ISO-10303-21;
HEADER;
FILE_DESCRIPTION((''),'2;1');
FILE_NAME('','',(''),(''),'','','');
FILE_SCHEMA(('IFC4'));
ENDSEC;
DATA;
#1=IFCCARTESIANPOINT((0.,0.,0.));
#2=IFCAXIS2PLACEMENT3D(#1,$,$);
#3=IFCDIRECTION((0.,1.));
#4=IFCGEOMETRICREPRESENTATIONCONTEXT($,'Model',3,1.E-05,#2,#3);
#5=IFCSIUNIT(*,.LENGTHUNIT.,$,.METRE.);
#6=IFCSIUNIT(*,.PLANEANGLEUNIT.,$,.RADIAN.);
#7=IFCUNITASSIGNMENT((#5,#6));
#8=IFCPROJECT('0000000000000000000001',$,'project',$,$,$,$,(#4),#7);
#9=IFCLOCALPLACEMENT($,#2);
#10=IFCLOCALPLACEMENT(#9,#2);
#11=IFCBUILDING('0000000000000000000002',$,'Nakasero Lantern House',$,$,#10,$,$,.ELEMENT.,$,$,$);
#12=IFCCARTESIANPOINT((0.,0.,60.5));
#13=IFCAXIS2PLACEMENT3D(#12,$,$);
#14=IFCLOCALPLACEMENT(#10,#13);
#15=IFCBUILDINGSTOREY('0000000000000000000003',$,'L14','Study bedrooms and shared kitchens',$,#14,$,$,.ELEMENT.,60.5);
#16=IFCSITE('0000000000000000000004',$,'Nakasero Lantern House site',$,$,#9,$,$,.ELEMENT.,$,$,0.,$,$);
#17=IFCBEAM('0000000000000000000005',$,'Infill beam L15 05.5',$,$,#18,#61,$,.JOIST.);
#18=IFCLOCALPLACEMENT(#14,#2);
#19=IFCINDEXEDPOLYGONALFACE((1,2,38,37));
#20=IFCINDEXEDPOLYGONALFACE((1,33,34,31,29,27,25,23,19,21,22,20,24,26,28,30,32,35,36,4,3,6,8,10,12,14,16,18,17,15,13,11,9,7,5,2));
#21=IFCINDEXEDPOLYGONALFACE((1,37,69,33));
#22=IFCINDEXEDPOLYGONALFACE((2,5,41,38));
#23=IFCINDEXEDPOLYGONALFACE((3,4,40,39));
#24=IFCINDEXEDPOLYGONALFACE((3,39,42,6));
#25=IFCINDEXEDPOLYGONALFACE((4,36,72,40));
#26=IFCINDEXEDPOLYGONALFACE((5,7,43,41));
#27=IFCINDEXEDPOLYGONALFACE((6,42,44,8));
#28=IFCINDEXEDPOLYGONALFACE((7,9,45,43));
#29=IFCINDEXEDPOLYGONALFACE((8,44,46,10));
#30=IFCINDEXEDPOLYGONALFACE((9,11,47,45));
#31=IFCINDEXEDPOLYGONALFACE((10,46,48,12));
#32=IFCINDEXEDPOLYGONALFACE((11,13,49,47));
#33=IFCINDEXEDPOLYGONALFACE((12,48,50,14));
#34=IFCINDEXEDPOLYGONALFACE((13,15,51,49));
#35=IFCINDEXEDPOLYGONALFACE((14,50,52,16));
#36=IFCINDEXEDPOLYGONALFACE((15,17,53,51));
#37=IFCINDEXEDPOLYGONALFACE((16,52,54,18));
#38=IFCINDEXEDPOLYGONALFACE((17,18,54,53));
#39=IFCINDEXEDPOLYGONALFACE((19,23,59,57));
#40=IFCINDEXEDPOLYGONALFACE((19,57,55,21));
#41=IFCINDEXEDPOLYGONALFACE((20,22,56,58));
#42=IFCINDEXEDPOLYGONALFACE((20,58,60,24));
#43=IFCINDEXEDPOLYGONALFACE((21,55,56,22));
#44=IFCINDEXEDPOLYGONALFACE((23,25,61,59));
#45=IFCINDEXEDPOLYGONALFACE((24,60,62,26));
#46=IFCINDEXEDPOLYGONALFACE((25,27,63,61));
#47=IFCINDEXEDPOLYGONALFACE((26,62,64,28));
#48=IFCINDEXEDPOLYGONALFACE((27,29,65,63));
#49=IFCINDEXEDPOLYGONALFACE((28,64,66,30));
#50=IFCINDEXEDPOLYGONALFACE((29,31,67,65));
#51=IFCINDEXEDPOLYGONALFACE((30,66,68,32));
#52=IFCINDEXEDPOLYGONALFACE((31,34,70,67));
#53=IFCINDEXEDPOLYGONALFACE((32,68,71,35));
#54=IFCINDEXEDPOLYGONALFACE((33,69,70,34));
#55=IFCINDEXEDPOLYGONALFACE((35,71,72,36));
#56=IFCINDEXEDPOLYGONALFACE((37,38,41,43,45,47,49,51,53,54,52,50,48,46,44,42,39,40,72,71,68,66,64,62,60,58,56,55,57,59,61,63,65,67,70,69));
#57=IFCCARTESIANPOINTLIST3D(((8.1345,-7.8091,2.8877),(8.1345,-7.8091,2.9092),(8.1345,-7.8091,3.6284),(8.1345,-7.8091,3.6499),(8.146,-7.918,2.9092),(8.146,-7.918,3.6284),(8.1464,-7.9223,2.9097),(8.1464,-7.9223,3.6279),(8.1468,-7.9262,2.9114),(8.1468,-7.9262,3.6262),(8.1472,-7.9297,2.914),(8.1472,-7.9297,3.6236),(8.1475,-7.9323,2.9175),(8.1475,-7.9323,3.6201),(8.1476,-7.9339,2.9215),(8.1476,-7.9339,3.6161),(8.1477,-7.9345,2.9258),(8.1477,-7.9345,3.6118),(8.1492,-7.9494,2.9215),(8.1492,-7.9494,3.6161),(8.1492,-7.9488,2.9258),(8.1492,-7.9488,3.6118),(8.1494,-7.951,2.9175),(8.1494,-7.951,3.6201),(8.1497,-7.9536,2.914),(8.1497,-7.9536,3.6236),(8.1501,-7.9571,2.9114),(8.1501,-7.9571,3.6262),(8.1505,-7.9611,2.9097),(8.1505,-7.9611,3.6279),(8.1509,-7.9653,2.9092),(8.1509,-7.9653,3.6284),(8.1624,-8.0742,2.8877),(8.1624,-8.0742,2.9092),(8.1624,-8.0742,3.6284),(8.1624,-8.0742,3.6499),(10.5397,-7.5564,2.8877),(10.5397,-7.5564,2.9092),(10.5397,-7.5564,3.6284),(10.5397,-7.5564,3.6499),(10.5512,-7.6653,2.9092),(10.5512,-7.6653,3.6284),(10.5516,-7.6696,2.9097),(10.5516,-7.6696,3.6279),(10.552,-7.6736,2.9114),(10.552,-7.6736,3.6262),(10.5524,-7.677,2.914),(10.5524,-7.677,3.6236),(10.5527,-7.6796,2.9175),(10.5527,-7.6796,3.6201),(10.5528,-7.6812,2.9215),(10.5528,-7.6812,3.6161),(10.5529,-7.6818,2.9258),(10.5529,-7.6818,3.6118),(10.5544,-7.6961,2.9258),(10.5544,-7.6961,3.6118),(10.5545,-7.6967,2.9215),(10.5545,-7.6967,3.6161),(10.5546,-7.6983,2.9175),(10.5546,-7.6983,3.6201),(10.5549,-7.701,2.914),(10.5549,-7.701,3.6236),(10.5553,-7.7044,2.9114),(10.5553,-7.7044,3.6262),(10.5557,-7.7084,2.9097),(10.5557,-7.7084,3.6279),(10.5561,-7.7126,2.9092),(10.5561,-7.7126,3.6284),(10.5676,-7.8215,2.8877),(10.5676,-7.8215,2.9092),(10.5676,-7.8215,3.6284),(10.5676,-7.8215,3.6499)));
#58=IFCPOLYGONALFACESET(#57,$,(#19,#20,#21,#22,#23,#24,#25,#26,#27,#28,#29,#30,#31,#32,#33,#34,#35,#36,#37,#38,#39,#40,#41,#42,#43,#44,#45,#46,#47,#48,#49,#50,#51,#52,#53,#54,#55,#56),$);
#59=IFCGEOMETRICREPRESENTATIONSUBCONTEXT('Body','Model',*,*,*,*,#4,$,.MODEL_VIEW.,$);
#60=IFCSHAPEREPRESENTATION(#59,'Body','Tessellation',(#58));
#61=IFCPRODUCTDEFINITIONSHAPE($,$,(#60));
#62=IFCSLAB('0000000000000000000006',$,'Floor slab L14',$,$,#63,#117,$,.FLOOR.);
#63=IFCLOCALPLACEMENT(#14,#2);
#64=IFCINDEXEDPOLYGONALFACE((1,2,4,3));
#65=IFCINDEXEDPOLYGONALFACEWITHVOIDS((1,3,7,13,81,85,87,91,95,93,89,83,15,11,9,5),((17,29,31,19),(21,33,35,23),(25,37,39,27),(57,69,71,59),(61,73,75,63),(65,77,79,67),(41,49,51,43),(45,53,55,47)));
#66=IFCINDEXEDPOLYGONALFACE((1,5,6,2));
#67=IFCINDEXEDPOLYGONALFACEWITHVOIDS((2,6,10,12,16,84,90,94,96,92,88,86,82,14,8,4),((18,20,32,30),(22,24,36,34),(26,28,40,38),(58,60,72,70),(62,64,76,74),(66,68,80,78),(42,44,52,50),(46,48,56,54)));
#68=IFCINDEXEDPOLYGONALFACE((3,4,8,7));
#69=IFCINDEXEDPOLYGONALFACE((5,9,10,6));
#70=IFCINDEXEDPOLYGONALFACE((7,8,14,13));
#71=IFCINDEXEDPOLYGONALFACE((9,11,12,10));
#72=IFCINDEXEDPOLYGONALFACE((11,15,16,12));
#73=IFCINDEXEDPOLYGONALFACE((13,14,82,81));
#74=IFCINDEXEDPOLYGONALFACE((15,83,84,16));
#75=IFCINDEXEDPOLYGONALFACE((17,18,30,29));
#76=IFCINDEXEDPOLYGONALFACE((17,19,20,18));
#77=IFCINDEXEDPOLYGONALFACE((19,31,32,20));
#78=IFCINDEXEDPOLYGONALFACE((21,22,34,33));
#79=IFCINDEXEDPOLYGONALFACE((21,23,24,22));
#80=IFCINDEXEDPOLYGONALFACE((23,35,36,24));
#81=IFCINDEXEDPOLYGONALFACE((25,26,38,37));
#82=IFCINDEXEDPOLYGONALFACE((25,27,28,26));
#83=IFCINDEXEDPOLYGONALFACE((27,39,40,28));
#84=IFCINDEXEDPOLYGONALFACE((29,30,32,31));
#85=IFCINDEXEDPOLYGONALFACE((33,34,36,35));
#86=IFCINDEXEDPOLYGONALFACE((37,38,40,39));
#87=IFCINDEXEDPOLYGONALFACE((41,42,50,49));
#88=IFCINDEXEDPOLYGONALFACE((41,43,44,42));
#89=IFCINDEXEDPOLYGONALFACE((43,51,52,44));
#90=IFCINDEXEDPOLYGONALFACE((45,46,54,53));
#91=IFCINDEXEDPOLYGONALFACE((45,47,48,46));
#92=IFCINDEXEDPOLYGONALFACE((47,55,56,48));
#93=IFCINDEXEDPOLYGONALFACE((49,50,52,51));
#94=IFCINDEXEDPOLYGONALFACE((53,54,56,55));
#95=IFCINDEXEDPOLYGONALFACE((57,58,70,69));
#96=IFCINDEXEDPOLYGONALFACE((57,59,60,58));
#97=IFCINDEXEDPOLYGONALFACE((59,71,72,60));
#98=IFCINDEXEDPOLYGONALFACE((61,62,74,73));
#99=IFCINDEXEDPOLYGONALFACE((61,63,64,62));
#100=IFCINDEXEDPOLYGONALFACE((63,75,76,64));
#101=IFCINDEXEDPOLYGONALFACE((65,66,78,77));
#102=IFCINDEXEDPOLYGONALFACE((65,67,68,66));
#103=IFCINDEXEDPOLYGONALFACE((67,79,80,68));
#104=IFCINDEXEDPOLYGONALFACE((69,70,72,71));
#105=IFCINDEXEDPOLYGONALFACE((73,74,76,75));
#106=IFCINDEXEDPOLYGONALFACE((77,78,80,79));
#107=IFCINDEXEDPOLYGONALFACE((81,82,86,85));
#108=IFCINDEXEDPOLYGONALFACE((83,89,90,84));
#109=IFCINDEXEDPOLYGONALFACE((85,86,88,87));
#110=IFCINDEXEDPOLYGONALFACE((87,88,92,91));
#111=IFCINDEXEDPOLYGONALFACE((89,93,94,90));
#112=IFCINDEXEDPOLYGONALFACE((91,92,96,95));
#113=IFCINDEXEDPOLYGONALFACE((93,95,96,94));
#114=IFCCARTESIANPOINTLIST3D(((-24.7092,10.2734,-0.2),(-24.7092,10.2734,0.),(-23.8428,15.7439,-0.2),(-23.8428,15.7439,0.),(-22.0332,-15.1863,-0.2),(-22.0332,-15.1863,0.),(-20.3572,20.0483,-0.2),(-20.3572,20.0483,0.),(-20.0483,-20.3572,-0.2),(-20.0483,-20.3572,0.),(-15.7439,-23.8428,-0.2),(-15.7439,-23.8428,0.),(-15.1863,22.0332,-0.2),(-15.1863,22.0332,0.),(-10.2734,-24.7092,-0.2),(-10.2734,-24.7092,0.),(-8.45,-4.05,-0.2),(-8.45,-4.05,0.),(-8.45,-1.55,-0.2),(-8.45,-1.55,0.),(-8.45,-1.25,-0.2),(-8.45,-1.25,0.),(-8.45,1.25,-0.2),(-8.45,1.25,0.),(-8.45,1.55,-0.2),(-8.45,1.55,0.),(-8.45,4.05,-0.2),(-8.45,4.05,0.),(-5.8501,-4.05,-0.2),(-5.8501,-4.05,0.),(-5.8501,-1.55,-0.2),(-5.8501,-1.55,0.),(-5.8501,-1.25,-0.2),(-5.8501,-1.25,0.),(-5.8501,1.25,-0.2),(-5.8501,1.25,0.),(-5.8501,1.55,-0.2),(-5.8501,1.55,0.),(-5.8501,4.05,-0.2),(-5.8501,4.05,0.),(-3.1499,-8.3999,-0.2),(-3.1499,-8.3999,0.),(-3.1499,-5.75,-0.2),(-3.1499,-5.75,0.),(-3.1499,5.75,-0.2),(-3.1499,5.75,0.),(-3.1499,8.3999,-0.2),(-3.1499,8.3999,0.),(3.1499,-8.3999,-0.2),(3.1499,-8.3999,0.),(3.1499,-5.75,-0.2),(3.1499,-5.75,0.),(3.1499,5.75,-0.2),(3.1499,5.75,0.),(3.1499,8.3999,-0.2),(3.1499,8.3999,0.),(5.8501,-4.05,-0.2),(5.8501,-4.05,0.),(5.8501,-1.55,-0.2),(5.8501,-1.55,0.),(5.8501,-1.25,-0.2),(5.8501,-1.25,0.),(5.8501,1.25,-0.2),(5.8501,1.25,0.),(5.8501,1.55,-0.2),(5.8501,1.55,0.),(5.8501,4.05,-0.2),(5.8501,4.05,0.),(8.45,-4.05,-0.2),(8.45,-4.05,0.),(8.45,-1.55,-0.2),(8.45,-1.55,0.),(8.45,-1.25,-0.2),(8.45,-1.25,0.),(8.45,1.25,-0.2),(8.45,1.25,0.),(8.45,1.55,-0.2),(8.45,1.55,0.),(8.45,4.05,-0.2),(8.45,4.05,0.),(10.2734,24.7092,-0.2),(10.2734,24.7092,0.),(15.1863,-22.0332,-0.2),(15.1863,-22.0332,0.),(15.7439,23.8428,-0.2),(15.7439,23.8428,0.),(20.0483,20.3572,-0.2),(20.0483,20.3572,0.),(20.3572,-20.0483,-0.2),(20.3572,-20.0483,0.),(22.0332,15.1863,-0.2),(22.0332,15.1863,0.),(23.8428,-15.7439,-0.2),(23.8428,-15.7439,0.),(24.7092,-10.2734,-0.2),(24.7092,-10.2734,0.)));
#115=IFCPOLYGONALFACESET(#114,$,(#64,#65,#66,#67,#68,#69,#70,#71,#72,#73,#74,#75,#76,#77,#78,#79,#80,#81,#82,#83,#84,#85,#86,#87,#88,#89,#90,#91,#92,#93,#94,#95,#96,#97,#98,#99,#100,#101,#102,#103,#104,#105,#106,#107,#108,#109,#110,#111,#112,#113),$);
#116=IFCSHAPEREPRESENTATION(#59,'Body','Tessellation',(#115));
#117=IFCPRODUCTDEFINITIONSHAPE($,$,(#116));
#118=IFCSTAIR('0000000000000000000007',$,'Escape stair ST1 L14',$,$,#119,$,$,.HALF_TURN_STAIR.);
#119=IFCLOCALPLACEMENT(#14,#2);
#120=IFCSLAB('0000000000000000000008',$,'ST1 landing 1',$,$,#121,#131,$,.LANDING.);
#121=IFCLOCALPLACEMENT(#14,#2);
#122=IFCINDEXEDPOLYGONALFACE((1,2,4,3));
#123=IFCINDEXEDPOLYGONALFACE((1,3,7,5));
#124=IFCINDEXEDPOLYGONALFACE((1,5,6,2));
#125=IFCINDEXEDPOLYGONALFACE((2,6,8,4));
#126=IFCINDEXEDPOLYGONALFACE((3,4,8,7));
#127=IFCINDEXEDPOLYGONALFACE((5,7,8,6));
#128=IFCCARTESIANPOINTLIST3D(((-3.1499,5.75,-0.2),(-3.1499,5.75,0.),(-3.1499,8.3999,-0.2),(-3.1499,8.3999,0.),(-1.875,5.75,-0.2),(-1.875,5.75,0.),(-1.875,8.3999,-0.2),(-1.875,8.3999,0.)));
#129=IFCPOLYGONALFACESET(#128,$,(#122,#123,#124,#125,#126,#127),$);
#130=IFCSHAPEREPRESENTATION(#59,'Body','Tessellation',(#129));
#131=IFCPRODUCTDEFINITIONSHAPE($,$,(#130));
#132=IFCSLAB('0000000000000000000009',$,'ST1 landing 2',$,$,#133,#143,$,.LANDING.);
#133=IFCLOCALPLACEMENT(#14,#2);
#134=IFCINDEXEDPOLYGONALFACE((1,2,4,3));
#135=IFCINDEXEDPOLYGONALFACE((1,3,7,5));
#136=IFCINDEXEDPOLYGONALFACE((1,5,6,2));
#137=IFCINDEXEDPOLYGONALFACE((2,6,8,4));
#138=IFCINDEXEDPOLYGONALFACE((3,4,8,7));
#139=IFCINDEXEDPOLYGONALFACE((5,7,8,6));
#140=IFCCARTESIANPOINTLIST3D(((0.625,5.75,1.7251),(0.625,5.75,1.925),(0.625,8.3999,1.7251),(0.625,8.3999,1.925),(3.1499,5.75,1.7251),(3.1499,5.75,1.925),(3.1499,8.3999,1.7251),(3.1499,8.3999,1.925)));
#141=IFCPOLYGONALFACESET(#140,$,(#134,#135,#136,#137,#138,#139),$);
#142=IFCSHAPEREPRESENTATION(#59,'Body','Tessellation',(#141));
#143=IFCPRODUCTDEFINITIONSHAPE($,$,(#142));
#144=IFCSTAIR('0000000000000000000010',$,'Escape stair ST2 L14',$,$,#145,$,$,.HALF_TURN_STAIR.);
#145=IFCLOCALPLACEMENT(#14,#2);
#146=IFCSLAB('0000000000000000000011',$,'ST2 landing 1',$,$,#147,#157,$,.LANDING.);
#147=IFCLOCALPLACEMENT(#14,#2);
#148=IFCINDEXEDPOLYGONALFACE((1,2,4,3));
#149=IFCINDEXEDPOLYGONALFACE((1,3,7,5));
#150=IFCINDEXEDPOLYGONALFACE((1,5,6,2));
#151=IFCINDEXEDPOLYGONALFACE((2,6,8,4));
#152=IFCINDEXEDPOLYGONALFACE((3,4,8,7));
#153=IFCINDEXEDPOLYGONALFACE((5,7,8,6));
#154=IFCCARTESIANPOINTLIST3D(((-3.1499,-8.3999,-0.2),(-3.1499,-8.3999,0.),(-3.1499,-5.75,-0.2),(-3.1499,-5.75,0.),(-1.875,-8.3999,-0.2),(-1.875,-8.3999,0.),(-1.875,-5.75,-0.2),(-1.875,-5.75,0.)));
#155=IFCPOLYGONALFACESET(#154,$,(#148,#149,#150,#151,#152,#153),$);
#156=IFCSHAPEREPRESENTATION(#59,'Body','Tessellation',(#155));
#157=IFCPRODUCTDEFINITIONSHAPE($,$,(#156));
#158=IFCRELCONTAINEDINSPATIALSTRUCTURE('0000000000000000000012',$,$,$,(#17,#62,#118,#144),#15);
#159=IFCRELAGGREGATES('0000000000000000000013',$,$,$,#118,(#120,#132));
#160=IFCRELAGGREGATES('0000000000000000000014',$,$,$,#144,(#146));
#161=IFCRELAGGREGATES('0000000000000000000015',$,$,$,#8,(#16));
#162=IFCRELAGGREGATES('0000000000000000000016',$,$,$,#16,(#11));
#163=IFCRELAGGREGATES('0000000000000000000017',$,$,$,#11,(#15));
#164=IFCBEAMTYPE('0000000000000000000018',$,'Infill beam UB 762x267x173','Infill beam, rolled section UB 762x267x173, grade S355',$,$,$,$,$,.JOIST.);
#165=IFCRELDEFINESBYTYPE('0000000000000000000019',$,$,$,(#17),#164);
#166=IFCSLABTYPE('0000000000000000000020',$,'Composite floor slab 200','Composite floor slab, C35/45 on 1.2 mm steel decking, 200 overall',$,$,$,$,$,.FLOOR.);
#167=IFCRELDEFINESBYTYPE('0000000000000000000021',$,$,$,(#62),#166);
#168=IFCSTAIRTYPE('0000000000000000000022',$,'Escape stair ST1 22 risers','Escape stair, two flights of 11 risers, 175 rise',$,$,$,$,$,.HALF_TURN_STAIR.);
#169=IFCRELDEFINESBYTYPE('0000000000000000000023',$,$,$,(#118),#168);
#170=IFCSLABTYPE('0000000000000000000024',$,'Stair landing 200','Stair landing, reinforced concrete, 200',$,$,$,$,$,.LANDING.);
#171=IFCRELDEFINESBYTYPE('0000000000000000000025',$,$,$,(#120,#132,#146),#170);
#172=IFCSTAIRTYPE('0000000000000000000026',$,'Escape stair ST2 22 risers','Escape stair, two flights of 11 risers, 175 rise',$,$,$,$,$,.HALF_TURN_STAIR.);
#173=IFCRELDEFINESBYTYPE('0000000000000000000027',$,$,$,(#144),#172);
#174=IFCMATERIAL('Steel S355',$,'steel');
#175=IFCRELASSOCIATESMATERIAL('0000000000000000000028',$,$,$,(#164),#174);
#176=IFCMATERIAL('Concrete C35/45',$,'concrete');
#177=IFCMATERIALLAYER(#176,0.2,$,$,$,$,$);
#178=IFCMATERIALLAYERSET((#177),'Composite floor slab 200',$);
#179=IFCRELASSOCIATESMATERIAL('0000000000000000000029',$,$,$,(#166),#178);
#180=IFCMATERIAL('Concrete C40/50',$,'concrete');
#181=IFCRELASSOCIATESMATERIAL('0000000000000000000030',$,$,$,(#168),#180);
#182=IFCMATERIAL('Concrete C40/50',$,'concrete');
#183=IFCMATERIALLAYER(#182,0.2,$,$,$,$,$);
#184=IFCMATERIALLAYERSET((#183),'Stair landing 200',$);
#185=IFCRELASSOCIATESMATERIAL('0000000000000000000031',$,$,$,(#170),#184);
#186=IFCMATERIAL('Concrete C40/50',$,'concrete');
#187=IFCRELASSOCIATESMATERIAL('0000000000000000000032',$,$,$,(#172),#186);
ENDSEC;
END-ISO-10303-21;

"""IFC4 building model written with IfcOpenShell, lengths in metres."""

from ifc_helpers import new_model, si_unit, direction, frame, origin, origin_2d, place, context, subcontext, project, spatial, polyline, i_section, outline, extrude, material, layer, layer_set, material_profile, profile_set, type_object, element, aggregate, save


model = new_model("IFC4")

# Units and contexts
model_context = context("Model", 3, precision=1e-05, world=origin(), true_north=direction((0.0, 1.0)))
body_context = subcontext(model_context, "Body", "Model", "MODEL_VIEW")
ifc_project = project(units=[si_unit("LENGTHUNIT", "METRE"), si_unit("PLANEANGLEUNIT", "RADIAN")], contexts=[model_context])

# Site, building, storey
site_placement = place(None, origin())
site = spatial("IfcSite", under=ifc_project, at=site_placement, Name="Nakasero Lantern House site", CompositionType="ELEMENT", RefElevation=0.0)
building_placement = place(site_placement, origin())
building = spatial("IfcBuilding", under=site, at=building_placement, Name="Nakasero Lantern House", CompositionType="ELEMENT")
storey_placement = place(building_placement, frame((0.0, 0.0, 60.5)))
storey = spatial("IfcBuildingStorey", under=building, at=storey_placement, Name="L14", Description="Study bedrooms and shared kitchens", CompositionType="ELEMENT", Elevation=60.5)

# Beam
ifc_material_1 = material(Name="Steel S355", Category="steel")
ifc_material_profile_1 = material_profile(ifc_material_1, i_section(OverallWidth=0.2666, OverallDepth=0.7622, WebThickness=0.0144, FlangeThickness=0.0215, FilletRadius=0.0166, at=origin_2d()), Name="UB 762x267x173")
ifc_profile_set_1 = profile_set([ifc_material_profile_1], Name="Steel S355")
beam_type_1 = type_object("IfcBeamType", Name="Infill beam UB 762x267x173", Description="Infill beam, rolled section UB 762x267x173, grade S355", PredefinedType="JOIST", material=ifc_profile_set_1)
beam_1_placement = place(storey_placement, frame((8.1484, -7.9417, 3.2688), z_axis=(0.994527, 0.10448, 0.0), x_axis=(-0.10448, 0.994527, 0.0)))
element("IfcBeam", 1, at=beam_1_placement, inside=storey, type_object=beam_type_1, Name="Infill beam L15 05.5", PredefinedType="JOIST", context=body_context, shape_type="SweptSolid", body=[
    extrude(i_section(OverallWidth=0.2666, OverallDepth=0.7622, WebThickness=0.0144, FlangeThickness=0.0215, FilletRadius=0.0166, at=origin_2d()), origin(), (0.0, 0.0, 1.0), 2.4185),
])

# Slab
ifc_material_2 = material(Name="Concrete C35/45", Category="concrete")
ifc_layer_1 = layer(ifc_material_2, 0.2)
ifc_layer_set_1 = layer_set([ifc_layer_1], Name="Composite floor slab 200")
slab_type_1 = type_object("IfcSlabType", Name="Composite floor slab 200", Description="Composite floor slab, C35/45 on 1.2 mm steel decking, 200 overall", PredefinedType="FLOOR", material=ifc_layer_set_1)
slab_1_placement = place(storey_placement, frame((0.0, 0.0, -0.2)))
element("IfcSlab", 2, at=slab_1_placement, inside=storey, type_object=slab_type_1, Name="Floor slab L14", PredefinedType="FLOOR", context=body_context, shape_type="SweptSolid", body=[
    extrude(outline(polyline([(22.0332, 15.1863), (20.0483, 20.3572), (15.7439, 23.8428), (10.2734, 24.7092), (-15.1863, 22.0332), (-20.3572, 20.0483), (-23.8428, 15.7439), (-24.7092, 10.2734), (-22.0332, -15.1863), (-20.0483, -20.3572), (-15.7439, -23.8428), (-10.2734, -24.7092), (15.1863, -22.0332), (20.3572, -20.0483), (23.8428, -15.7439), (24.7092, -10.2734), (22.0332, 15.1863)]), holes=[polyline([(-8.45, -4.05), (-5.8501, -4.05), (-5.8501, -1.55), (-8.45, -1.55), (-8.45, -4.05)]), polyline([(-8.45, -1.25), (-5.8501, -1.25), (-5.8501, 1.25), (-8.45, 1.25), (-8.45, -1.25)]), polyline([(-8.45, 1.55), (-5.8501, 1.55), (-5.8501, 4.05), (-8.45, 4.05), (-8.45, 1.55)]), polyline([(5.8501, -4.05), (8.45, -4.05), (8.45, -1.55), (5.8501, -1.55), (5.8501, -4.05)]), polyline([(5.8501, -1.25), (8.45, -1.25), (8.45, 1.25), (5.8501, 1.25), (5.8501, -1.25)]), polyline([(5.8501, 1.55), (8.45, 1.55), (8.45, 4.05), (5.8501, 4.05), (5.8501, 1.55)]), polyline([(-3.1499, 5.75), (3.1499, 5.75), (3.1499, 8.3999), (-3.1499, 8.3999), (-3.1499, 5.75)]), polyline([(-3.1499, -8.3999), (3.1499, -8.3999), (3.1499, -5.75), (-3.1499, -5.75), (-3.1499, -8.3999)])]), origin(), (0.0, 0.0, 1.0), 0.2),
])

# Stair, slabs
ifc_material_3 = material(Name="Concrete C40/50", Category="concrete")
stair_type_1 = type_object("IfcStairType", Name="Escape stair ST1 22 risers", Description="Escape stair, two flights of 11 risers, 175 rise", PredefinedType="HALF_TURN_STAIR", material=ifc_material_3)
stair_1_placement = place(storey_placement, origin())
stair_1 = element("IfcStair", 3, at=stair_1_placement, inside=storey, type_object=stair_type_1, Name="Escape stair ST1 L14", PredefinedType="HALF_TURN_STAIR")
ifc_material_4 = material(Name="Concrete C40/50", Category="concrete")
ifc_layer_2 = layer(ifc_material_4, 0.2)
ifc_layer_set_2 = layer_set([ifc_layer_2], Name="Stair landing 200")
slab_type_2 = type_object("IfcSlabType", Name="Stair landing 200", Description="Stair landing, reinforced concrete, 200", PredefinedType="LANDING", material=ifc_layer_set_2)
slab_2_placement = place(storey_placement, frame((0.0, 0.0, -0.2)))
slab_2 = element("IfcSlab", 4, at=slab_2_placement, type_object=slab_type_2, Name="ST1 landing 1", PredefinedType="LANDING", context=body_context, shape_type="SweptSolid", body=[
    extrude(outline(polyline([(-3.1499, 5.75), (-1.875, 5.75), (-1.875, 8.3999), (-3.1499, 8.3999), (-3.1499, 5.75)])), origin(), (0.0, 0.0, 1.0), 0.2),
])
slab_3_placement = place(storey_placement, frame((0.0, 0.0, 1.7251)))
slab_3 = element("IfcSlab", 5, at=slab_3_placement, type_object=slab_type_2, Name="ST1 landing 2", PredefinedType="LANDING", context=body_context, shape_type="SweptSolid", body=[
    extrude(outline(polyline([(0.625, 5.75), (3.1499, 5.75), (3.1499, 8.3999), (0.625, 8.3999), (0.625, 5.75)])), origin(), (0.0, 0.0, 1.0), 0.2),
])
aggregate(stair_1, [slab_2, slab_3])

# Stair, slab
ifc_material_5 = material(Name="Concrete C40/50", Category="concrete")
stair_type_2 = type_object("IfcStairType", Name="Escape stair ST2 22 risers", Description="Escape stair, two flights of 11 risers, 175 rise", PredefinedType="HALF_TURN_STAIR", material=ifc_material_5)
stair_2_placement = place(storey_placement, origin())
stair_2 = element("IfcStair", 6, at=stair_2_placement, inside=storey, type_object=stair_type_2, Name="Escape stair ST2 L14", PredefinedType="HALF_TURN_STAIR")
slab_4_placement = place(storey_placement, frame((0.0, 0.0, -0.2)))
slab_4 = element("IfcSlab", 7, at=slab_4_placement, type_object=slab_type_2, Name="ST2 landing 1", PredefinedType="LANDING", context=body_context, shape_type="SweptSolid", body=[
    extrude(outline(polyline([(-3.1499, -8.3999), (-1.875, -8.3999), (-1.875, -5.75), (-3.1499, -5.75), (-3.1499, -8.3999)])), origin(), (0.0, 0.0, 1.0), 0.2),
])

aggregate(stair_2, [slab_4])

save(model, "model.ifc")
